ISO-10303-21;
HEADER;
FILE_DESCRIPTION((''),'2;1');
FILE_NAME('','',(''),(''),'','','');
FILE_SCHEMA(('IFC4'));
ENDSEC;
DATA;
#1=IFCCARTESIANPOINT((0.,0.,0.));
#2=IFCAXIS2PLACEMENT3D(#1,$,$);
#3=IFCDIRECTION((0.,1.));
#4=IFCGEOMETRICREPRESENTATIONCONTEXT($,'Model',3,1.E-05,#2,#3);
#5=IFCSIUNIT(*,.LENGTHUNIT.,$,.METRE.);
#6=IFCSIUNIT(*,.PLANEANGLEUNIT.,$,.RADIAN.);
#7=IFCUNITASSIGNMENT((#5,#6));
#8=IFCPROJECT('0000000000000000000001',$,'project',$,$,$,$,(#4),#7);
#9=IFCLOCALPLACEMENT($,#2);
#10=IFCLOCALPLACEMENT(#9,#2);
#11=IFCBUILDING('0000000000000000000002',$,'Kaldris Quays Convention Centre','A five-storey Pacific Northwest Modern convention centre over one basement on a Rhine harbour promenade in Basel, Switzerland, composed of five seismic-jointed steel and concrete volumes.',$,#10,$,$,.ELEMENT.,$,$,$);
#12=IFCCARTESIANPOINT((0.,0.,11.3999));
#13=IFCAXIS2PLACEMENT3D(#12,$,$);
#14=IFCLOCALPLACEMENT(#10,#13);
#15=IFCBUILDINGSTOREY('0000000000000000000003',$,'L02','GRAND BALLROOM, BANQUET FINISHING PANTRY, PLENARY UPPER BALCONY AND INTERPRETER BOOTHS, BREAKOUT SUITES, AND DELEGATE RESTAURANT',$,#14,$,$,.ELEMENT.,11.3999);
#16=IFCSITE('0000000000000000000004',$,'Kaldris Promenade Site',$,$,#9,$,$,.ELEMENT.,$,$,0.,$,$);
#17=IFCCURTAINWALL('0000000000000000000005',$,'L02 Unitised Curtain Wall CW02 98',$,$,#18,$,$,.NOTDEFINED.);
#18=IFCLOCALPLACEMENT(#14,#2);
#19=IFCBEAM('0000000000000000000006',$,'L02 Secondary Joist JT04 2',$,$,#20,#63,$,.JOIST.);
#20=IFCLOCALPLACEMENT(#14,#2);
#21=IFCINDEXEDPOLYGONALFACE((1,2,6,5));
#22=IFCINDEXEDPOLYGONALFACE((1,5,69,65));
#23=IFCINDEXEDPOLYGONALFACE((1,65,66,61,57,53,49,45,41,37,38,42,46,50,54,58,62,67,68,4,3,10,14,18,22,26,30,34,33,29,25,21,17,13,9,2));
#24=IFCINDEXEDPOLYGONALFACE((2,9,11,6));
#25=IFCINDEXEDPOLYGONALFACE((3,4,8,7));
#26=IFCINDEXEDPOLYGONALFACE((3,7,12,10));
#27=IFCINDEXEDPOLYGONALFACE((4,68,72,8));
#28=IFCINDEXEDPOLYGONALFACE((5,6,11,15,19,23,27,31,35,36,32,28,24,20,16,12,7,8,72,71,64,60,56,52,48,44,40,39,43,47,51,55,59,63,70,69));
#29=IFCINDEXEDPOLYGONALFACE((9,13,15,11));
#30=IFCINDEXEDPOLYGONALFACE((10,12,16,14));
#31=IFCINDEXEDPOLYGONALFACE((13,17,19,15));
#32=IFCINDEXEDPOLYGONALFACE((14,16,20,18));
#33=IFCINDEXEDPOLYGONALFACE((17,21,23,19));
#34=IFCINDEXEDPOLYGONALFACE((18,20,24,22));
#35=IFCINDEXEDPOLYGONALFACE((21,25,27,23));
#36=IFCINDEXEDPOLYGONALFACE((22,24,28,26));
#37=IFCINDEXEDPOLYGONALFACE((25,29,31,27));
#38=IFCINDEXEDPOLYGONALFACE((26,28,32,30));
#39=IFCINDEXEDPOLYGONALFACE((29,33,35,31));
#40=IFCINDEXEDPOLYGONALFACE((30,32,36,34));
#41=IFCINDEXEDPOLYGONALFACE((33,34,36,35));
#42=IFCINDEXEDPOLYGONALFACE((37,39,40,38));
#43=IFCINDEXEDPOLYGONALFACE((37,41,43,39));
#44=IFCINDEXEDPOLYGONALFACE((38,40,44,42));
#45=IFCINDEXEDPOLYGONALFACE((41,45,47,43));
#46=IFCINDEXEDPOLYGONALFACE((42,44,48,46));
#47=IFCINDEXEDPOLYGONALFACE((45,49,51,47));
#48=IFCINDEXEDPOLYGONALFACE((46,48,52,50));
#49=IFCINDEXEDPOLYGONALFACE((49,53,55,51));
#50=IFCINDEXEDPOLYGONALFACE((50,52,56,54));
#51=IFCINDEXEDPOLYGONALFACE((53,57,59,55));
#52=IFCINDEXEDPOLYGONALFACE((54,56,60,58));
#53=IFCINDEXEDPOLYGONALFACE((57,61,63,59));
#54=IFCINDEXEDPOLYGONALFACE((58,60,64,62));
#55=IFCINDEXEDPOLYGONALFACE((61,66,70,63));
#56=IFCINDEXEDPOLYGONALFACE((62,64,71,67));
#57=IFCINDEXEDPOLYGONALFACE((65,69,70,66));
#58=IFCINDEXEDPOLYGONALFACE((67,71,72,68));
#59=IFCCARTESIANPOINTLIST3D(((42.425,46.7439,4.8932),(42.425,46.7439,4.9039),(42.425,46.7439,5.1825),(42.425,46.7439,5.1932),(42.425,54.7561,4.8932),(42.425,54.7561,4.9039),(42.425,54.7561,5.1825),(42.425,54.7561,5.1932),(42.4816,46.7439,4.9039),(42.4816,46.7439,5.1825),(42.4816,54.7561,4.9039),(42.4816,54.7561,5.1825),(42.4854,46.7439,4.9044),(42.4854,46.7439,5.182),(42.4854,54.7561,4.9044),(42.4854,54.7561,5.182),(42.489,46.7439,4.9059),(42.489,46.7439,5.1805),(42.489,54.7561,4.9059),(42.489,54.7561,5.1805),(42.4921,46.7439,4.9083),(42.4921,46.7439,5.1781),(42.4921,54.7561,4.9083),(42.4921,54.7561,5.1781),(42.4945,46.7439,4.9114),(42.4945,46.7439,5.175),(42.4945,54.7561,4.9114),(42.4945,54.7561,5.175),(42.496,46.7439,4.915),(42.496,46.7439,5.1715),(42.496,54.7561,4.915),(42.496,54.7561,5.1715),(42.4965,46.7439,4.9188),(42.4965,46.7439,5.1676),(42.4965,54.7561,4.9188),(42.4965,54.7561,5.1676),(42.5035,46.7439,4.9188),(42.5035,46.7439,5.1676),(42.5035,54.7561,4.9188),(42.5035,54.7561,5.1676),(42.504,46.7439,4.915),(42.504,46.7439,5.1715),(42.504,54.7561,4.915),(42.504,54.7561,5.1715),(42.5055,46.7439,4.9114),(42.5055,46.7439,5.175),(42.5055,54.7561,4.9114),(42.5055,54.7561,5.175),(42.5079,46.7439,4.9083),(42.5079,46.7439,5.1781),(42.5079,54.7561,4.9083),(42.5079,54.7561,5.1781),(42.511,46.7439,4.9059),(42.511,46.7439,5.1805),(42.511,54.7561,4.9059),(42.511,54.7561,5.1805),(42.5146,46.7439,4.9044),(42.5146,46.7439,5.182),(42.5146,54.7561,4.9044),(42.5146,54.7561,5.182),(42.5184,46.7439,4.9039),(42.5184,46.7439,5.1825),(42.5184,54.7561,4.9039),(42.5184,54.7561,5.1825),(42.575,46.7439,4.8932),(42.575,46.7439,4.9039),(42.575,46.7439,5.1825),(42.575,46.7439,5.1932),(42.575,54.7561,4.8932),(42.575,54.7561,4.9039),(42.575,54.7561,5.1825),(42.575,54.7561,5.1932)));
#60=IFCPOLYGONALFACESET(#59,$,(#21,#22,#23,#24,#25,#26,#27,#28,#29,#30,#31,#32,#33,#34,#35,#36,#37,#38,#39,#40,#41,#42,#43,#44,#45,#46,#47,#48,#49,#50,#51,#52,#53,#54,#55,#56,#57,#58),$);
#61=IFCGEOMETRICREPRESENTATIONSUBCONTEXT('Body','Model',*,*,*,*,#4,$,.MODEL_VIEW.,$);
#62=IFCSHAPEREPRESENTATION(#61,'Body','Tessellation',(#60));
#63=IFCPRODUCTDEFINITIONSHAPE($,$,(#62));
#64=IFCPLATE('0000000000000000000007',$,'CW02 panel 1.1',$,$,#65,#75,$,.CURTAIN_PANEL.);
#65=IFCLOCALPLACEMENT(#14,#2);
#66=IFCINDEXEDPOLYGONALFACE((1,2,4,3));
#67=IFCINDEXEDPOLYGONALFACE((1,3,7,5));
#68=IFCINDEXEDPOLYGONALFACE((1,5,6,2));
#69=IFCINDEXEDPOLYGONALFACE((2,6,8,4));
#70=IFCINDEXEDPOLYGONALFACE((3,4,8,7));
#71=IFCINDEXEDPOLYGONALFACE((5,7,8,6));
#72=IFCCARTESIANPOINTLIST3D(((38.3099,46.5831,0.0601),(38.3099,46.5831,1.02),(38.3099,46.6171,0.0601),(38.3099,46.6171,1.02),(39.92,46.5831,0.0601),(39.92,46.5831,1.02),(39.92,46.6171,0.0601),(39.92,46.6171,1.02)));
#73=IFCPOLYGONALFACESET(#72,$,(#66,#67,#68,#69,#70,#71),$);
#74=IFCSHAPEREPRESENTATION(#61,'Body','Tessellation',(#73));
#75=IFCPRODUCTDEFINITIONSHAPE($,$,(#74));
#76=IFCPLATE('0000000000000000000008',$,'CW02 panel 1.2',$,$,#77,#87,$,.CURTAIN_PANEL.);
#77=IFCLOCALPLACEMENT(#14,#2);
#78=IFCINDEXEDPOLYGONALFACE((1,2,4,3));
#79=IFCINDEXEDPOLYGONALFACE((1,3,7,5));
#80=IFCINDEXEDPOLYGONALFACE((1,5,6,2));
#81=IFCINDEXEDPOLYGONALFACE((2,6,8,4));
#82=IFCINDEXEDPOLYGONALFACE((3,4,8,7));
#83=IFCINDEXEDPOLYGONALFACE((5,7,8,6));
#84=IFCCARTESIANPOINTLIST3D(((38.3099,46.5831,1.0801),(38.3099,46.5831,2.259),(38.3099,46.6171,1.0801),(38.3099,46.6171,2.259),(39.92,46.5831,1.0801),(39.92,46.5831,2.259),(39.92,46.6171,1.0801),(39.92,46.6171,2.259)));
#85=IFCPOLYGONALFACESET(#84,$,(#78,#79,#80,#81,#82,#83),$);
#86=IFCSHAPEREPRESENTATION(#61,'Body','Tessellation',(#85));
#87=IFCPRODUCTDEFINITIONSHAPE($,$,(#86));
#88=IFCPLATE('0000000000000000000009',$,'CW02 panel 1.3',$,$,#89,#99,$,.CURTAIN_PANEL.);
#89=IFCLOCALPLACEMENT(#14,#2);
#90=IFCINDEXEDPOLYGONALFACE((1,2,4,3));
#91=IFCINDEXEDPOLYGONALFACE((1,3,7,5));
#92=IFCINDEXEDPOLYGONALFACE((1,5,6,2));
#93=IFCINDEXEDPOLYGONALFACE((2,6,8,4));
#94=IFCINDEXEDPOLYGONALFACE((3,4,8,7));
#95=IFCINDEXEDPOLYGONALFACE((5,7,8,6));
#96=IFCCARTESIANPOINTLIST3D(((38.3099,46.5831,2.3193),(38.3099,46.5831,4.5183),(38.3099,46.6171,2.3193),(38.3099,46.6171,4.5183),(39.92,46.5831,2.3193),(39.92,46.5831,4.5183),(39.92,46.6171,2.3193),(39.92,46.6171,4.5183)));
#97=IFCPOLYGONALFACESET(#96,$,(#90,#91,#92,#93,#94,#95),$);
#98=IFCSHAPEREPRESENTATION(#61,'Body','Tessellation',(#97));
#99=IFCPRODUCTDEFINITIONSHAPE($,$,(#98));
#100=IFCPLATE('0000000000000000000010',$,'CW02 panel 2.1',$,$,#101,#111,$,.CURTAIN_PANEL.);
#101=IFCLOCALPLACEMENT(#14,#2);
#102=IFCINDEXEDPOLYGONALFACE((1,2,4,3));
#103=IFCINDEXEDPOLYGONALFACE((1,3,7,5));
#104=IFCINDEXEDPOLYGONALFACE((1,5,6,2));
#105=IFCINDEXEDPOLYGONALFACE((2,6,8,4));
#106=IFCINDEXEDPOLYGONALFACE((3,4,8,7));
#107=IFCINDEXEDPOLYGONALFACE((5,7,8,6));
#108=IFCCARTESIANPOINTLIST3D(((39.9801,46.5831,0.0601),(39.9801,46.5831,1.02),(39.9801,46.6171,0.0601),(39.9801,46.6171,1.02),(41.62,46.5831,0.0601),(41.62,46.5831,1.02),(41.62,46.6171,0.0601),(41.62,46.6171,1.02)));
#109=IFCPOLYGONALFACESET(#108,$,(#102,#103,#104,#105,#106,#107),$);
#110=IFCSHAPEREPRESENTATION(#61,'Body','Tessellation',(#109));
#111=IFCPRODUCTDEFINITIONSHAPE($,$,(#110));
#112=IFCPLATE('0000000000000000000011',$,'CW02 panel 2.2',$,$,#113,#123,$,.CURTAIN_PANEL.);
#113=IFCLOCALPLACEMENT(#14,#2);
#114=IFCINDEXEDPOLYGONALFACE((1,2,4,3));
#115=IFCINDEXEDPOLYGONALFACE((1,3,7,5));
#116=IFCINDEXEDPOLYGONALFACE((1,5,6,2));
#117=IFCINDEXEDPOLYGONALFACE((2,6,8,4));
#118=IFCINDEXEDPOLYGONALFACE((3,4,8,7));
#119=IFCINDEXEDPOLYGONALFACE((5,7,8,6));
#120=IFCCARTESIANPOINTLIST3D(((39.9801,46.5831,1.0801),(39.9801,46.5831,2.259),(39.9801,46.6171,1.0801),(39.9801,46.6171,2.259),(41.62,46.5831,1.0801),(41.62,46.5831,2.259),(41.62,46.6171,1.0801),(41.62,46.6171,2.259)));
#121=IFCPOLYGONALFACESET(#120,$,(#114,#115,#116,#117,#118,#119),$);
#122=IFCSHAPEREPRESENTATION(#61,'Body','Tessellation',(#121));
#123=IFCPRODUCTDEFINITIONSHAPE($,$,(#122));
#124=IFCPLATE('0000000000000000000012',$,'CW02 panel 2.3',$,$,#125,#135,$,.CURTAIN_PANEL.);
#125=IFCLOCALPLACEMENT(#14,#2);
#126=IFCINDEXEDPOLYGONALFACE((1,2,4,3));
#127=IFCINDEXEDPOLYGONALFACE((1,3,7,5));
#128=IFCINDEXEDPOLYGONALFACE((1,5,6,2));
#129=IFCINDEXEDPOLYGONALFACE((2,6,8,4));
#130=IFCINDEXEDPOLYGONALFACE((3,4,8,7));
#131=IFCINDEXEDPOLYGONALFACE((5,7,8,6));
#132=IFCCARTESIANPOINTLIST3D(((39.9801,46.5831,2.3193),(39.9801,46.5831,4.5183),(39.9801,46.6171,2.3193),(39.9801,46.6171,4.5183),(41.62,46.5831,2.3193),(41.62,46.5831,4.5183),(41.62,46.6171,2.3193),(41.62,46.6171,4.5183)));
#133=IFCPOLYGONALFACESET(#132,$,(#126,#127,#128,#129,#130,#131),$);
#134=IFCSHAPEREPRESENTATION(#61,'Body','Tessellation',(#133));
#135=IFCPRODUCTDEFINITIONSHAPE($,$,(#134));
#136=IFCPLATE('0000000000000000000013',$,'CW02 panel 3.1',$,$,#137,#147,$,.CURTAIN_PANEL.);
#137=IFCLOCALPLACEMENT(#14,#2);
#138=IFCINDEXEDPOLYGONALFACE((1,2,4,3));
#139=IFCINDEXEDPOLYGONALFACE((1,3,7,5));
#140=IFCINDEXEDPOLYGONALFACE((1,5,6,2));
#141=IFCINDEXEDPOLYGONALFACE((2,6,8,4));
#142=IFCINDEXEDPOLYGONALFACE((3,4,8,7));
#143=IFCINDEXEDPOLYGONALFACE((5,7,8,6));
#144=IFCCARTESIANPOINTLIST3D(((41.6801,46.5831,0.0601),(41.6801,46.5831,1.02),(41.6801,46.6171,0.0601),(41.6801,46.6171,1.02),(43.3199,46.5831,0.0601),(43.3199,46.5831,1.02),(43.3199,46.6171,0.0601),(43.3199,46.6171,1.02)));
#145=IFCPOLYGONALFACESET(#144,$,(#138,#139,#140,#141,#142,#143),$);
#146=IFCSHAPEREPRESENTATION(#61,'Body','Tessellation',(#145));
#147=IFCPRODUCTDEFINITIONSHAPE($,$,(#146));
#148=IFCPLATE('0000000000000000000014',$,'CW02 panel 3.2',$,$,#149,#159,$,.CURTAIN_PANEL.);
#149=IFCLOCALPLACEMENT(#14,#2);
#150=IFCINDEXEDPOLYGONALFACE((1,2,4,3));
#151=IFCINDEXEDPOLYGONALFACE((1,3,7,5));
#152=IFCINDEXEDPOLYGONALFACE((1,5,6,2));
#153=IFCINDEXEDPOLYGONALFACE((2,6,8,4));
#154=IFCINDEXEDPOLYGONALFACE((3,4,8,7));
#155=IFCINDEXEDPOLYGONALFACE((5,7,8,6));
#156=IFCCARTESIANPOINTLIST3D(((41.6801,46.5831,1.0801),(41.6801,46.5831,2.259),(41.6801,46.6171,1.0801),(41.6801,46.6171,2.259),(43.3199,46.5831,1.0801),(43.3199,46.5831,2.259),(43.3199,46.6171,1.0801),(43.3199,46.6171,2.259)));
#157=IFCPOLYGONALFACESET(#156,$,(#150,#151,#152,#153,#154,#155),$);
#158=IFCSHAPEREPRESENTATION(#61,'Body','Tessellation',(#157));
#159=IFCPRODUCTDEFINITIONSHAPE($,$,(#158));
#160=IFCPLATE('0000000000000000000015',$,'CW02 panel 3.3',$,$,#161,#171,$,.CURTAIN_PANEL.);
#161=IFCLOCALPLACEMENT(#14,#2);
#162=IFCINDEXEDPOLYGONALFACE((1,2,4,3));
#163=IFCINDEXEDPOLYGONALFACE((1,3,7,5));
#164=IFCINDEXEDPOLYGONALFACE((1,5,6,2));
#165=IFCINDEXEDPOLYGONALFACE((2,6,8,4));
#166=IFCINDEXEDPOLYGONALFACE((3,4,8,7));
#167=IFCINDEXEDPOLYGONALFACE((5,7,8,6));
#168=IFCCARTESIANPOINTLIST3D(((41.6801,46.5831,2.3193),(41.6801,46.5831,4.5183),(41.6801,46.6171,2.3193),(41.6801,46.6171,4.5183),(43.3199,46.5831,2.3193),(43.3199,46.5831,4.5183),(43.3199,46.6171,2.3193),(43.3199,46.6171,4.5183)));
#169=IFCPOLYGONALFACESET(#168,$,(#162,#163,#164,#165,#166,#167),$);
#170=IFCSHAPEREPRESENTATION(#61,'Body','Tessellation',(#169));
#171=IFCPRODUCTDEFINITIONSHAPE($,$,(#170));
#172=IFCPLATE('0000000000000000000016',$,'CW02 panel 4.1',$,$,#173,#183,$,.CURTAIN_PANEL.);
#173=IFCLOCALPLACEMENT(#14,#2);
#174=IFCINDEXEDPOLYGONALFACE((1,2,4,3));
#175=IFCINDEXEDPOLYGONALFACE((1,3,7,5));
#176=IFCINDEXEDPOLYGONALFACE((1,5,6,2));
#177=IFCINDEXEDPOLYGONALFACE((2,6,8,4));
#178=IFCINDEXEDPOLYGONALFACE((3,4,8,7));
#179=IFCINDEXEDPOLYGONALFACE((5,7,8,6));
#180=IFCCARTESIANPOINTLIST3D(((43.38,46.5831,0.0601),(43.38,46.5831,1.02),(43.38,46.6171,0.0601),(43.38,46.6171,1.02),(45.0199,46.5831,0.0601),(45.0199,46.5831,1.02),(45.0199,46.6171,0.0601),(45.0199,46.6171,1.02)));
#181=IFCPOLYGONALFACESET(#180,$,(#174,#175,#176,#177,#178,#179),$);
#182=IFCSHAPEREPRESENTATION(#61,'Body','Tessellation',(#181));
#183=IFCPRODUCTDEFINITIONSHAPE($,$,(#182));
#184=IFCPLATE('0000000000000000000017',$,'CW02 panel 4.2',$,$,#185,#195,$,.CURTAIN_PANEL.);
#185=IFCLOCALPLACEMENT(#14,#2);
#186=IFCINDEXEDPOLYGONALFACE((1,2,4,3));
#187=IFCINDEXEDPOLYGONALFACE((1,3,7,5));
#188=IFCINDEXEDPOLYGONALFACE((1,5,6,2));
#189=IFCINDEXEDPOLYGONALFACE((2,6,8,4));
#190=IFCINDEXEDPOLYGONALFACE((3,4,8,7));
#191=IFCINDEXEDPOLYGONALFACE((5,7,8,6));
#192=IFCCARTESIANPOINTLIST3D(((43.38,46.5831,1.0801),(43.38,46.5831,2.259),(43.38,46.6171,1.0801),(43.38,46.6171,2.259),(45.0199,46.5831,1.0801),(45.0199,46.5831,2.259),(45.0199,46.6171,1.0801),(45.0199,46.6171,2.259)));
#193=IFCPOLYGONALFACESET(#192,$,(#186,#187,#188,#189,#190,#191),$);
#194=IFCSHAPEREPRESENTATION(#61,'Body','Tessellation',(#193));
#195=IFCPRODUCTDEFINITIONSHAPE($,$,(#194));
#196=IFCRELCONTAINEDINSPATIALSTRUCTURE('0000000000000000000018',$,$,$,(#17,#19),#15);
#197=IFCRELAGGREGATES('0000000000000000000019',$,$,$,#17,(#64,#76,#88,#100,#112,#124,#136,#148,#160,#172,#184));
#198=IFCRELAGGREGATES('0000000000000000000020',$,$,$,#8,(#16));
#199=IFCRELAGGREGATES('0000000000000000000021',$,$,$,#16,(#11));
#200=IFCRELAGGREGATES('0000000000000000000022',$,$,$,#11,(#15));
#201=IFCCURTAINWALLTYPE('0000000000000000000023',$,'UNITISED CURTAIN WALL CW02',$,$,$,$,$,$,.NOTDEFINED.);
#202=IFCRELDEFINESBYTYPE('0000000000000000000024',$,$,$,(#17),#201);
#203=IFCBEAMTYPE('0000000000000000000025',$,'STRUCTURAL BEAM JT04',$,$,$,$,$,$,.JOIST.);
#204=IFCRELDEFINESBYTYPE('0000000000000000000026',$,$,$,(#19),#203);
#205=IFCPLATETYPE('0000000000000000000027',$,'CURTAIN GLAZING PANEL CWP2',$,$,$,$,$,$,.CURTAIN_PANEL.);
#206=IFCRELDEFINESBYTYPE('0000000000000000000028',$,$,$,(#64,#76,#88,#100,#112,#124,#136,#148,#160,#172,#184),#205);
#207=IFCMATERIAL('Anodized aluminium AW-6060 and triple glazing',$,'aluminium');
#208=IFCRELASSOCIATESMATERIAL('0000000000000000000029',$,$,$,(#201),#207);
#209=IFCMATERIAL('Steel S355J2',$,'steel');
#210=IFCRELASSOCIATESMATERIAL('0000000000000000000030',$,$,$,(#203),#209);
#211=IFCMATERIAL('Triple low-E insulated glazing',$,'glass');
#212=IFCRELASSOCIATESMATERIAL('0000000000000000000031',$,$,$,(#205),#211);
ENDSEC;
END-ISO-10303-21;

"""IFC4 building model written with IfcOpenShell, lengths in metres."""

from ifc_helpers import new_model, si_unit, direction, frame, origin, origin_2d, place, context, subcontext, project, spatial, rectangle, i_section, extrude, material, material_profile, profile_set, type_object, element, aggregate, save


model = new_model("IFC4")

# Units and contexts
model_context = context("Model", 3, precision=1e-05, world=origin(), true_north=direction((0.0, 1.0)))
body_context = subcontext(model_context, "Body", "Model", "MODEL_VIEW")
ifc_project = project(units=[si_unit("LENGTHUNIT", "METRE"), si_unit("PLANEANGLEUNIT", "RADIAN")], contexts=[model_context])

# Site, building, storey
site_placement = place(None, origin())
site = spatial("IfcSite", under=ifc_project, at=site_placement, Name="Kaldris Promenade Site", CompositionType="ELEMENT", RefElevation=0.0)
building_placement = place(site_placement, origin())
building = spatial("IfcBuilding", under=site, at=building_placement, Name="Kaldris Quays Convention Centre", Description="A five-storey Pacific Northwest Modern convention centre over one basement on a Rhine harbour promenade in Basel, Switzerland, composed of five seismic-jointed steel and concrete volumes.", CompositionType="ELEMENT")
storey_placement = place(building_placement, frame((0.0, 0.0, 11.3999)))
storey = spatial("IfcBuildingStorey", under=building, at=storey_placement, Name="L02", Description="GRAND BALLROOM, BANQUET FINISHING PANTRY, PLENARY UPPER BALCONY AND INTERPRETER BOOTHS, BREAKOUT SUITES, AND DELEGATE RESTAURANT", CompositionType="ELEMENT", Elevation=11.3999)

# Curtain wall
ifc_material_1 = material(Name="Anodized aluminium AW-6060 and triple glazing", Category="aluminium")
curtain_wall_type = type_object("IfcCurtainWallType", Name="UNITISED CURTAIN WALL CW02", PredefinedType="NOTDEFINED", material=ifc_material_1)
curtain_wall_placement = place(storey_placement, origin())
curtain_wall = element("IfcCurtainWall", 1, at=curtain_wall_placement, inside=storey, type_object=curtain_wall_type, Name="L02 Unitised Curtain Wall CW02 98", PredefinedType="NOTDEFINED")

# Beam
ifc_material_2 = material(Name="Steel S355J2", Category="steel")
ifc_material_profile_1 = material_profile(ifc_material_2, i_section(OverallWidth=0.1499, OverallDepth=0.3, WebThickness=0.0071, FlangeThickness=0.0107, FilletRadius=0.0149, at=origin_2d()), Name="IPE 300")
ifc_profile_set_1 = profile_set([ifc_material_profile_1], Name="Steel S355J2")
beam_type = type_object("IfcBeamType", Name="STRUCTURAL BEAM JT04", PredefinedType="JOIST", material=ifc_profile_set_1)
beam_placement = place(storey_placement, frame((42.5, 46.7439, 5.0432), z_axis=(0.0, 1.0, 0.0), x_axis=(-1.0, 0.0, 0.0)))
element("IfcBeam", 2, at=beam_placement, inside=storey, type_object=beam_type, Name="L02 Secondary Joist JT04 2", PredefinedType="JOIST", context=body_context, shape_type="SweptSolid", body=[
    extrude(i_section(OverallWidth=0.1499, OverallDepth=0.3, WebThickness=0.0071, FlangeThickness=0.0107, FilletRadius=0.0149, at=origin_2d()), origin(), (0.0, 0.0, 1.0), 8.0122),
])

# Plates
ifc_material_3 = material(Name="Triple low-E insulated glazing", Category="glass")
plate_type = type_object("IfcPlateType", Name="CURTAIN GLAZING PANEL CWP2", PredefinedType="CURTAIN_PANEL", material=ifc_material_3)
plate_1_placement = place(storey_placement, frame((39.115, 46.6001, 0.0601), z_axis=(0.0, 0.0, 1.0), x_axis=(1.0, 0.0, 0.0)))
plate_1 = element("IfcPlate", 3, at=plate_1_placement, type_object=plate_type, Name="CW02 panel 1.1", PredefinedType="CURTAIN_PANEL", context=body_context, shape_type="SweptSolid", body=[
    extrude(rectangle(XDim=1.6101, YDim=0.0339, at=origin_2d()), origin(), (0.0, 0.0, 1.0), 0.96),
])
plate_2_placement = place(storey_placement, frame((39.115, 46.6001, 1.0801), z_axis=(0.0, 0.0, 1.0), x_axis=(1.0, 0.0, 0.0)))
plate_2 = element("IfcPlate", 4, at=plate_2_placement, type_object=plate_type, Name="CW02 panel 1.2", PredefinedType="CURTAIN_PANEL", context=body_context, shape_type="SweptSolid", body=[
    extrude(rectangle(XDim=1.6101, YDim=0.0339, at=origin_2d()), origin(), (0.0, 0.0, 1.0), 1.179),
])
plate_3_placement = place(storey_placement, frame((39.115, 46.6001, 2.3193), z_axis=(0.0, 0.0, 1.0), x_axis=(1.0, 0.0, 0.0)))
plate_3 = element("IfcPlate", 5, at=plate_3_placement, type_object=plate_type, Name="CW02 panel 1.3", PredefinedType="CURTAIN_PANEL", context=body_context, shape_type="SweptSolid", body=[
    extrude(rectangle(XDim=1.6101, YDim=0.0339, at=origin_2d()), origin(), (0.0, 0.0, 1.0), 2.199),
])
plate_4_placement = place(storey_placement, frame((40.8, 46.6001, 0.0601), z_axis=(0.0, 0.0, 1.0), x_axis=(1.0, 0.0, 0.0)))
plate_4 = element("IfcPlate", 6, at=plate_4_placement, type_object=plate_type, Name="CW02 panel 2.1", PredefinedType="CURTAIN_PANEL", context=body_context, shape_type="SweptSolid", body=[
    extrude(rectangle(XDim=1.6399, YDim=0.0339, at=origin_2d()), origin(), (0.0, 0.0, 1.0), 0.96),
])
plate_5_placement = place(storey_placement, frame((40.8, 46.6001, 1.0801), z_axis=(0.0, 0.0, 1.0), x_axis=(1.0, 0.0, 0.0)))
plate_5 = element("IfcPlate", 7, at=plate_5_placement, type_object=plate_type, Name="CW02 panel 2.2", PredefinedType="CURTAIN_PANEL", context=body_context, shape_type="SweptSolid", body=[
    extrude(rectangle(XDim=1.6399, YDim=0.0339, at=origin_2d()), origin(), (0.0, 0.0, 1.0), 1.179),
])
plate_6_placement = place(storey_placement, frame((40.8, 46.6001, 2.3193), z_axis=(0.0, 0.0, 1.0), x_axis=(1.0, 0.0, 0.0)))
plate_6 = element("IfcPlate", 8, at=plate_6_placement, type_object=plate_type, Name="CW02 panel 2.3", PredefinedType="CURTAIN_PANEL", context=body_context, shape_type="SweptSolid", body=[
    extrude(rectangle(XDim=1.6399, YDim=0.0339, at=origin_2d()), origin(), (0.0, 0.0, 1.0), 2.199),
])
plate_7_placement = place(storey_placement, frame((42.5, 46.6001, 0.0601), z_axis=(0.0, 0.0, 1.0), x_axis=(1.0, 0.0, 0.0)))
plate_7 = element("IfcPlate", 9, at=plate_7_placement, type_object=plate_type, Name="CW02 panel 3.1", PredefinedType="CURTAIN_PANEL", context=body_context, shape_type="SweptSolid", body=[
    extrude(rectangle(XDim=1.6399, YDim=0.0339, at=origin_2d()), origin(), (0.0, 0.0, 1.0), 0.96),
])
plate_8_placement = place(storey_placement, frame((42.5, 46.6001, 1.0801), z_axis=(0.0, 0.0, 1.0), x_axis=(1.0, 0.0, 0.0)))
plate_8 = element("IfcPlate", 10, at=plate_8_placement, type_object=plate_type, Name="CW02 panel 3.2", PredefinedType="CURTAIN_PANEL", context=body_context, shape_type="SweptSolid", body=[
    extrude(rectangle(XDim=1.6399, YDim=0.0339, at=origin_2d()), origin(), (0.0, 0.0, 1.0), 1.179),
])
plate_9_placement = place(storey_placement, frame((42.5, 46.6001, 2.3193), z_axis=(0.0, 0.0, 1.0), x_axis=(1.0, 0.0, 0.0)))
plate_9 = element("IfcPlate", 11, at=plate_9_placement, type_object=plate_type, Name="CW02 panel 3.3", PredefinedType="CURTAIN_PANEL", context=body_context, shape_type="SweptSolid", body=[
    extrude(rectangle(XDim=1.6399, YDim=0.0339, at=origin_2d()), origin(), (0.0, 0.0, 1.0), 2.199),
])
plate_10_placement = place(storey_placement, frame((44.2, 46.6001, 0.0601), z_axis=(0.0, 0.0, 1.0), x_axis=(1.0, 0.0, 0.0)))
plate_10 = element("IfcPlate", 12, at=plate_10_placement, type_object=plate_type, Name="CW02 panel 4.1", PredefinedType="CURTAIN_PANEL", context=body_context, shape_type="SweptSolid", body=[
    extrude(rectangle(XDim=1.6399, YDim=0.0339, at=origin_2d()), origin(), (0.0, 0.0, 1.0), 0.96),
])
plate_11_placement = place(storey_placement, frame((44.2, 46.6001, 1.0801), z_axis=(0.0, 0.0, 1.0), x_axis=(1.0, 0.0, 0.0)))
plate_11 = element("IfcPlate", 13, at=plate_11_placement, type_object=plate_type, Name="CW02 panel 4.2", PredefinedType="CURTAIN_PANEL", context=body_context, shape_type="SweptSolid", body=[
    extrude(rectangle(XDim=1.6399, YDim=0.0339, at=origin_2d()), origin(), (0.0, 0.0, 1.0), 1.179),
])
aggregate(curtain_wall, [plate_1, plate_2, plate_3, plate_4, plate_5, plate_6, plate_7, plate_8, plate_9, plate_10, plate_11])

save(model, "model.ifc")
